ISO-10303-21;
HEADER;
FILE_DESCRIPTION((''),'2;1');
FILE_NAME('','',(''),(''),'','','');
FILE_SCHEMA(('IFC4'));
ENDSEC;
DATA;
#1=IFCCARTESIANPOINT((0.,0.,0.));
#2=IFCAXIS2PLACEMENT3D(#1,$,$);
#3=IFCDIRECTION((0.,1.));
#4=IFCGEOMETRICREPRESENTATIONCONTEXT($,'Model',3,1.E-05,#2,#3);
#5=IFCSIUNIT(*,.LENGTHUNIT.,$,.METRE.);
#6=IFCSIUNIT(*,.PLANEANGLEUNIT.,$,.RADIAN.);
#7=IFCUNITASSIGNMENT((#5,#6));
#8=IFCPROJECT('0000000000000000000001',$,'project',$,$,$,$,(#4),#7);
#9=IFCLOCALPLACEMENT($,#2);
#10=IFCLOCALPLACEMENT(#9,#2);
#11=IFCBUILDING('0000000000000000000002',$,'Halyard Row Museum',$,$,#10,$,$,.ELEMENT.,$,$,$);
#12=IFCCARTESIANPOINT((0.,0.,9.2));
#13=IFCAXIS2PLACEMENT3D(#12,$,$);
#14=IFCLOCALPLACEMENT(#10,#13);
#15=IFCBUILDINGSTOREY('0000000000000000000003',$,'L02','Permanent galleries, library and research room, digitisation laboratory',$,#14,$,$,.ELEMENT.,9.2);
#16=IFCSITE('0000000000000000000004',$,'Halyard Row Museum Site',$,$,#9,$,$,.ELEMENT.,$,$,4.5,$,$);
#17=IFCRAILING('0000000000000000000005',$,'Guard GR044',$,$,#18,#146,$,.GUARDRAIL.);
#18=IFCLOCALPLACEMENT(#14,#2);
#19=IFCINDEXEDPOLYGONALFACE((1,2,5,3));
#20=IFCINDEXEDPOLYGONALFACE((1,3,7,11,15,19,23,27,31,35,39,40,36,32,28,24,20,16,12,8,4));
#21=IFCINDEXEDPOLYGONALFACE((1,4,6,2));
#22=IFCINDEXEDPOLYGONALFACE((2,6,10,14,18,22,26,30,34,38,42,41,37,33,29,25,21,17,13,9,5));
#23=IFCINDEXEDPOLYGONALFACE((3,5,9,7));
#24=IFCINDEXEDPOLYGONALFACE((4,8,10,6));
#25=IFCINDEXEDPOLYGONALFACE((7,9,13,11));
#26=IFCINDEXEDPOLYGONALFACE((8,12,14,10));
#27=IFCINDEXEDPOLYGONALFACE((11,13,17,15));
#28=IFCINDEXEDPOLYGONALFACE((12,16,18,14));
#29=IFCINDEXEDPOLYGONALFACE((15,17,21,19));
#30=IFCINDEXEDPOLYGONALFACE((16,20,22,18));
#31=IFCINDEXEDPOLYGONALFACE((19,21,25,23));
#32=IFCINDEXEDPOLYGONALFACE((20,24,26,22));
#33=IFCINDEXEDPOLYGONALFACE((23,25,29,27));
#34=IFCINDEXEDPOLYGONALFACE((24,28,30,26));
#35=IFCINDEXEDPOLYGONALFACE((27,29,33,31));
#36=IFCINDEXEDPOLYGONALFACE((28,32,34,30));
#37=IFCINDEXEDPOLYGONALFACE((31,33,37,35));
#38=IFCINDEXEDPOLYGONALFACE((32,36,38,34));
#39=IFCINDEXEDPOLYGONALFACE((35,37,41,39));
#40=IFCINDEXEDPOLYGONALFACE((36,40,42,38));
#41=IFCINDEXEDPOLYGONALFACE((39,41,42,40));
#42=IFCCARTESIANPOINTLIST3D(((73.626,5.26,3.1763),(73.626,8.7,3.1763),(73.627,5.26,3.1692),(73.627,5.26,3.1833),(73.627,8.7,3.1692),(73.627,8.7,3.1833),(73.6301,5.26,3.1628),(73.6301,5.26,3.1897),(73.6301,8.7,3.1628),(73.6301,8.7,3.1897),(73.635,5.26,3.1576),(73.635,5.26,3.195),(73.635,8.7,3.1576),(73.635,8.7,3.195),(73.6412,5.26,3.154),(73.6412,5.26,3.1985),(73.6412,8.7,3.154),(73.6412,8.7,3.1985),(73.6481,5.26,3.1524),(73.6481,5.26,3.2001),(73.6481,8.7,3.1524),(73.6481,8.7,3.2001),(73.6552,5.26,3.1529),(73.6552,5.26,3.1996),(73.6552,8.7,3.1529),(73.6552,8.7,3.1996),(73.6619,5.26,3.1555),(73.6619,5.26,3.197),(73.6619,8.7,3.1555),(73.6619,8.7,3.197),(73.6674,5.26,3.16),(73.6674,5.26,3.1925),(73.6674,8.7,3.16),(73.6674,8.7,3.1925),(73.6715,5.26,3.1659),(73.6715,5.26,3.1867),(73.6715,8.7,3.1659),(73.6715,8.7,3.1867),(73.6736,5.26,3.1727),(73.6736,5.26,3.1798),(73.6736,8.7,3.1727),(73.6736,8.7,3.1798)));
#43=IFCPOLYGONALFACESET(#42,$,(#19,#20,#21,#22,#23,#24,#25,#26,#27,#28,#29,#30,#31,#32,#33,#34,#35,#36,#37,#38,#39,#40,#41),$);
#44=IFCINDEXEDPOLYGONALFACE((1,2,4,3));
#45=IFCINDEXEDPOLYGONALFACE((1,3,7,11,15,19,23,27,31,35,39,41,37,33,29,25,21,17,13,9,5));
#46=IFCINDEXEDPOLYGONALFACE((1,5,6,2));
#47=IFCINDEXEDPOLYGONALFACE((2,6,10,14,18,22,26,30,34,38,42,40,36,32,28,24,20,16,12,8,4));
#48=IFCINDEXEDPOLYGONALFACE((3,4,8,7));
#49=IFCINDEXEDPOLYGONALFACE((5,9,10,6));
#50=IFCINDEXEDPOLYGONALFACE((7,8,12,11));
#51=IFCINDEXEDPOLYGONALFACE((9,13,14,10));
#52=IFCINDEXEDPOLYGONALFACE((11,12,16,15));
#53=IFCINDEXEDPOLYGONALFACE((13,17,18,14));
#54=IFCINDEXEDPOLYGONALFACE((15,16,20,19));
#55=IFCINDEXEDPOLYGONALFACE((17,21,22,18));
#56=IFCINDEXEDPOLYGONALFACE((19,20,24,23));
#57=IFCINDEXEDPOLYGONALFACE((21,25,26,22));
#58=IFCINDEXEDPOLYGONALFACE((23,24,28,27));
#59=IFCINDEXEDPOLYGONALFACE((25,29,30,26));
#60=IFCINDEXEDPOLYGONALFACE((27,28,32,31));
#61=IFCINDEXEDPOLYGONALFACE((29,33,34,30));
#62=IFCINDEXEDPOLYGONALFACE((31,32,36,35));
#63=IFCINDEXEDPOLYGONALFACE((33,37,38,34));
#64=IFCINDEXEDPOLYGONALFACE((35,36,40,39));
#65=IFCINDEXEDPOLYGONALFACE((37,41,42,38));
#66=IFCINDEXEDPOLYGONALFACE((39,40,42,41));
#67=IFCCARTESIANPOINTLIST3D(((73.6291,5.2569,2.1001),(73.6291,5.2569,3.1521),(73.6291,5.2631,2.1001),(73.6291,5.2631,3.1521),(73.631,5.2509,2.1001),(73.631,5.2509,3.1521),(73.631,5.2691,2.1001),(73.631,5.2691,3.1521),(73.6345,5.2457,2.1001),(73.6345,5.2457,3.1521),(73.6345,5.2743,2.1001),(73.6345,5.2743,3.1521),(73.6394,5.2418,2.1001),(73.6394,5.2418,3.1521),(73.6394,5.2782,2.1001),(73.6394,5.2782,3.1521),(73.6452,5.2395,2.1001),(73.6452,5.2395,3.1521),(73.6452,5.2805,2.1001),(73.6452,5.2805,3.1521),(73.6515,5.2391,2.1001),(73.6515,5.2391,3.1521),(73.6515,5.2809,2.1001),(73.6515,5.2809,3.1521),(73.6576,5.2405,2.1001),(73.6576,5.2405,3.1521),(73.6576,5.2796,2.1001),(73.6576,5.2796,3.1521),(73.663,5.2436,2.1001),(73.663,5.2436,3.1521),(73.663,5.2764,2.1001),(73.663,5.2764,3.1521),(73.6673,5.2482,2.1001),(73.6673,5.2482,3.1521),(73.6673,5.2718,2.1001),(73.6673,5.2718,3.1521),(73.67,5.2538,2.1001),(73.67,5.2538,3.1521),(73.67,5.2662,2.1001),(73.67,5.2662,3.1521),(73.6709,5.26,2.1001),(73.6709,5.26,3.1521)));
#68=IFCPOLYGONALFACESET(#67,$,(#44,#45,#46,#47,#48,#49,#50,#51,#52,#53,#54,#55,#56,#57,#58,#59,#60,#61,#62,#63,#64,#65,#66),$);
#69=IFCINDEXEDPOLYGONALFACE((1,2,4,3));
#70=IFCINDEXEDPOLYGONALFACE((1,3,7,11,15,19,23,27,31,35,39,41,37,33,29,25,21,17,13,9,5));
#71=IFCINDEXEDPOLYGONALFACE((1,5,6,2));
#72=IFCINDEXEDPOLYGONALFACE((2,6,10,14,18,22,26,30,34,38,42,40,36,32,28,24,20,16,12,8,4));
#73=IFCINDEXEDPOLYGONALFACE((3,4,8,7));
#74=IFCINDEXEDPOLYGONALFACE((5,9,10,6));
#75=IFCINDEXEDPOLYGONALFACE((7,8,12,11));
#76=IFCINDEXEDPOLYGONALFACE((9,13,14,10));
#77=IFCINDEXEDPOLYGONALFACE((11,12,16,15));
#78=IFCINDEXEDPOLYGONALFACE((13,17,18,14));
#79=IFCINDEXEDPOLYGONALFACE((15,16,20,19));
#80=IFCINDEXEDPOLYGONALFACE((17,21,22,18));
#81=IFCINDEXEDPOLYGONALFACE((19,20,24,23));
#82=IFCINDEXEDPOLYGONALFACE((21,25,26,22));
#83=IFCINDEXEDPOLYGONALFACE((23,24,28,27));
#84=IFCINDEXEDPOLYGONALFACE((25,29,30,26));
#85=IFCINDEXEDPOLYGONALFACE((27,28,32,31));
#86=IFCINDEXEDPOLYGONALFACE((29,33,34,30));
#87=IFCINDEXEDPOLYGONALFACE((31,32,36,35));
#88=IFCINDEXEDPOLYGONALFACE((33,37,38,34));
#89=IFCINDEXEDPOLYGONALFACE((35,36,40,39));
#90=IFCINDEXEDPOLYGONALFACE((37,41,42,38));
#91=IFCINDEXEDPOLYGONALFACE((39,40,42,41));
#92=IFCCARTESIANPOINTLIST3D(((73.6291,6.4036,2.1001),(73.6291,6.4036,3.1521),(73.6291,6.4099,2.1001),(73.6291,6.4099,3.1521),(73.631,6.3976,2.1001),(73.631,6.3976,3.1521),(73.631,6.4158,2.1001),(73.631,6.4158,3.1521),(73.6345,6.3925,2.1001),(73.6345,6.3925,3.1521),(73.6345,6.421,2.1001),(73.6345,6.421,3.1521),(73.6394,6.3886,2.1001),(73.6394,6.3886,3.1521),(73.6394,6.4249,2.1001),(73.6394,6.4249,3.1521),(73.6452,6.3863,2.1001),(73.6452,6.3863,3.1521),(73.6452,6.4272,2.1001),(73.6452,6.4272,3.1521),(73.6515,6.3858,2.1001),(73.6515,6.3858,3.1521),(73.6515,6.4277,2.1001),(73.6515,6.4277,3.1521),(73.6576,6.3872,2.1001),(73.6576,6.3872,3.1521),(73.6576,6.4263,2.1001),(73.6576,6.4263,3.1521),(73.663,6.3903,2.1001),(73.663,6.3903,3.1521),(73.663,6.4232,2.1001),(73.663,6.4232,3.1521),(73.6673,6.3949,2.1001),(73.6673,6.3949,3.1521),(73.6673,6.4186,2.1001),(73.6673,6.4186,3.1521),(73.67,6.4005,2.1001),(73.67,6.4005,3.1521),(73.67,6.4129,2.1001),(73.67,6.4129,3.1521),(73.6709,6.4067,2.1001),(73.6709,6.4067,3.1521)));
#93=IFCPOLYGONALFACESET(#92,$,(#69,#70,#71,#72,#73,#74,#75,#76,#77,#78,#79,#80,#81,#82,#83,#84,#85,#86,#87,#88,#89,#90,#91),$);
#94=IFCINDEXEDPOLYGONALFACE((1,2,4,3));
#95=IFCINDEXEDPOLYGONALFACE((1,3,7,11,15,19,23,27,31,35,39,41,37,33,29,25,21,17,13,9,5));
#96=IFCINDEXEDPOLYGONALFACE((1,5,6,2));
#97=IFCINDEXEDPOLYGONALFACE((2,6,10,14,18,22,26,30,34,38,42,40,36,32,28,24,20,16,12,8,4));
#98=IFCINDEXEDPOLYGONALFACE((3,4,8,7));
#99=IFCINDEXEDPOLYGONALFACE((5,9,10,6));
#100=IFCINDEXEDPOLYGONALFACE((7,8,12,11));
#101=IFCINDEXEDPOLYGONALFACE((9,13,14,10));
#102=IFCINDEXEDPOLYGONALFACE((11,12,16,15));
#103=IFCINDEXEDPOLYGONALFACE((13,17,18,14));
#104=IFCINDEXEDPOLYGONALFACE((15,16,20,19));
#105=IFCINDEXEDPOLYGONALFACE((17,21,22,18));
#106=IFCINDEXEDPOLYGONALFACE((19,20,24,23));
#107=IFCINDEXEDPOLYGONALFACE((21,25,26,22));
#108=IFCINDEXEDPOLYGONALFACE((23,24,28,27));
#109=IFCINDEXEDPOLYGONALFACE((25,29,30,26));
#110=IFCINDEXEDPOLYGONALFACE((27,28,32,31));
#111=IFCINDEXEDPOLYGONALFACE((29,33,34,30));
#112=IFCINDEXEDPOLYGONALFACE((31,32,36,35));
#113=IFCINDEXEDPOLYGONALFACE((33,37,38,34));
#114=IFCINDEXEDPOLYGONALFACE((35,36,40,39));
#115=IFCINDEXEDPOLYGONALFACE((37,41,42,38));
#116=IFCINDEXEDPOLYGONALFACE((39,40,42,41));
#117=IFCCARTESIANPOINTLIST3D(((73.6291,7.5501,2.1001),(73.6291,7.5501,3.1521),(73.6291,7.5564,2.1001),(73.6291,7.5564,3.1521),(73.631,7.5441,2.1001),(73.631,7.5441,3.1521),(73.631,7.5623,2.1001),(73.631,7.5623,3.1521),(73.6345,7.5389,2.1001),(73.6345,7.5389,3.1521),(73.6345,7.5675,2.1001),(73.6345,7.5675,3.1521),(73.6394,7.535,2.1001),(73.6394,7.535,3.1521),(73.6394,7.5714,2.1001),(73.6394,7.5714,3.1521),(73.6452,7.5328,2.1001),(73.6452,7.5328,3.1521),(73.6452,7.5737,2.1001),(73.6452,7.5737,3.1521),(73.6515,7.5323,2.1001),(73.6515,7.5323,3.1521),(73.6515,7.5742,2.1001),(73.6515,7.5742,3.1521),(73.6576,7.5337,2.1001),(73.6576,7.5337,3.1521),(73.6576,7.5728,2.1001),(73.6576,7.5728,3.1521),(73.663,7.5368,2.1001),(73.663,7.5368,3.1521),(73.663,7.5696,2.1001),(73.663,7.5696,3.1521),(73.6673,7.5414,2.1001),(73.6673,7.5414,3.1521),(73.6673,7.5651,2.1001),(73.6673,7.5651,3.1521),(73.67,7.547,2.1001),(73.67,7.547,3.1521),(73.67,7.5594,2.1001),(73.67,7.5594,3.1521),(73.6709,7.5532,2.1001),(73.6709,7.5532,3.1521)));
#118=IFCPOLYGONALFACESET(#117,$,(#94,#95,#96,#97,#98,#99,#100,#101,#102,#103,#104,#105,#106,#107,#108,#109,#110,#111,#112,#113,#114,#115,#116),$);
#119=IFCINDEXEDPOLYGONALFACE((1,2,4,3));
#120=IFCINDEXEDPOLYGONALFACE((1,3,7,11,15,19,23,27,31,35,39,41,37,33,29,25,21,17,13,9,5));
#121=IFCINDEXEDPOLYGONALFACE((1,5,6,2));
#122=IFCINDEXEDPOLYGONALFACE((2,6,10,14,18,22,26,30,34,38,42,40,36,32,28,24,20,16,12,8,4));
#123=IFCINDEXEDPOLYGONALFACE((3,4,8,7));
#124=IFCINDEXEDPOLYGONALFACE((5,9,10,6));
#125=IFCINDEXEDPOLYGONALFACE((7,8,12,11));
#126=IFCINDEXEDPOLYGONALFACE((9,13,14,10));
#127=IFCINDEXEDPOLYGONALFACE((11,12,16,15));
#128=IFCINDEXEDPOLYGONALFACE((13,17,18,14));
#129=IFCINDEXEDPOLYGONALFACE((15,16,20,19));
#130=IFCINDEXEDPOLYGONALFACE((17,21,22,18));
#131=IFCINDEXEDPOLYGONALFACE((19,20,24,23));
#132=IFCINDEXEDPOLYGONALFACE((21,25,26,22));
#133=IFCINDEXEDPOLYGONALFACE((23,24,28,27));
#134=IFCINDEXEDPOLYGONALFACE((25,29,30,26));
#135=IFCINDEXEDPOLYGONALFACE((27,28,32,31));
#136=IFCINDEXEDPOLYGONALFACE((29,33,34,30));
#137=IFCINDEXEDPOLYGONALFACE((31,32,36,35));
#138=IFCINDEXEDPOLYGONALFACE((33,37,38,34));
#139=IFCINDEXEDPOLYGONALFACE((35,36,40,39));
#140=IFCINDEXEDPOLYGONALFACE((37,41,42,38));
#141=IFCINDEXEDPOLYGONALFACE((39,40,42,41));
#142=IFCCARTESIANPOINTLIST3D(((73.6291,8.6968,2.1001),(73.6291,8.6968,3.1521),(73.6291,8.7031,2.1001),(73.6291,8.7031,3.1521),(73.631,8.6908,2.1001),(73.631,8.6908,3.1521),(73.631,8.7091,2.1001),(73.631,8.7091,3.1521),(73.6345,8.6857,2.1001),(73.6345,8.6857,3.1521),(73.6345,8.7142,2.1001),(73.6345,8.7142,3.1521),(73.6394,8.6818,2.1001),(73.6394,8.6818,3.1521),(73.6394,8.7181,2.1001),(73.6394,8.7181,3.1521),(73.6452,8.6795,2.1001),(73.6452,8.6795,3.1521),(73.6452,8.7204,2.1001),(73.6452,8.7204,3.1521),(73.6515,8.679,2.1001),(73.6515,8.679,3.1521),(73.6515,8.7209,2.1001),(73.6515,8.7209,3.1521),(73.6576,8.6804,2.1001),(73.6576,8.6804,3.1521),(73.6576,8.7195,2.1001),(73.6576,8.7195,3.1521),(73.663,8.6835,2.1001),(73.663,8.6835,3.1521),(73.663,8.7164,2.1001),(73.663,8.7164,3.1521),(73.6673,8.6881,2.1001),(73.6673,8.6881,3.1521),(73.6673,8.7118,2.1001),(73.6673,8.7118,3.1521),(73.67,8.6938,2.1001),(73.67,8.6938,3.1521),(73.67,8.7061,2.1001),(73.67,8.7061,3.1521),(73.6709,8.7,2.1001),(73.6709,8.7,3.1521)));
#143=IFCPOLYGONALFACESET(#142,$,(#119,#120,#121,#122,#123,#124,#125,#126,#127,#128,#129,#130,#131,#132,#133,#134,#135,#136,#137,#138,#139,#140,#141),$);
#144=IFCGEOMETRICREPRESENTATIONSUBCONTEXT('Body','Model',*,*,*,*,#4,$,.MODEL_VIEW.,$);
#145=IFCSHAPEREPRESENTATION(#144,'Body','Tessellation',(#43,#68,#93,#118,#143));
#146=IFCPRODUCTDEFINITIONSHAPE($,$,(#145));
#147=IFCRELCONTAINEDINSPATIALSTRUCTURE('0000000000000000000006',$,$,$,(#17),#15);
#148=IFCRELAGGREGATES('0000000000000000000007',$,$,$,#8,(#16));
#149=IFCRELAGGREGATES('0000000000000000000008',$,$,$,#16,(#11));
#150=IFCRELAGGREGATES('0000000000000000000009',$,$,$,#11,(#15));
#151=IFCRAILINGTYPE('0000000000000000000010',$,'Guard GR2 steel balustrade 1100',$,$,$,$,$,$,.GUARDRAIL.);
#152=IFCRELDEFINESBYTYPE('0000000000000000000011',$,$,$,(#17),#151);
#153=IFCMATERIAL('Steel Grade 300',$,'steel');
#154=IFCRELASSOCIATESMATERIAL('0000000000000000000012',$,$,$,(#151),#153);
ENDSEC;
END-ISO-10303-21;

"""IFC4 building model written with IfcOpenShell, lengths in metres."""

from ifc_helpers import new_model, si_unit, direction, frame, origin, origin_2d, place, context, subcontext, project, spatial, circle, extrude, material, type_object, element, save


model = new_model("IFC4")

# Units and contexts
model_context = context("Model", 3, precision=1e-05, world=origin(), true_north=direction((0.0, 1.0)))
body_context = subcontext(model_context, "Body", "Model", "MODEL_VIEW")
ifc_project = project(units=[si_unit("LENGTHUNIT", "METRE"), si_unit("PLANEANGLEUNIT", "RADIAN")], contexts=[model_context])

# Site, building, storey
site_placement = place(None, origin())
site = spatial("IfcSite", under=ifc_project, at=site_placement, Name="Halyard Row Museum Site", CompositionType="ELEMENT", RefElevation=4.5)
building_placement = place(site_placement, origin())
building = spatial("IfcBuilding", under=site, at=building_placement, Name="Halyard Row Museum", CompositionType="ELEMENT")
storey_placement = place(building_placement, frame((0.0, 0.0, 9.2)))
storey = spatial("IfcBuildingStorey", under=building, at=storey_placement, Name="L02", Description="Permanent galleries, library and research room, digitisation laboratory", CompositionType="ELEMENT", Elevation=9.2)

# Railing
ifc_material_1 = material(Name="Steel Grade 300", Category="steel")
railing_type_1 = type_object("IfcRailingType", Name="Guard GR2 steel balustrade 1100", PredefinedType="GUARDRAIL", material=ifc_material_1)
railing_1_placement = place(storey_placement, frame((73.6499, 5.26, 2.1001)))
element("IfcRailing", 1, at=railing_1_placement, inside=storey, type_object=railing_type_1, Name="Guard GR044", PredefinedType="GUARDRAIL", context=body_context, shape_type="SweptSolid", body=[
    extrude(circle(Radius=0.0239, at=origin_2d()), frame((0.0, 0.0, 1.0762), z_axis=(0.0, 1.0, 0.0), x_axis=(-1.0, 0.0, 0.0)), (0.0, 0.0, 1.0), 3.4399),
    extrude(circle(Radius=0.021, at=origin_2d()), origin(), (0.0, 0.0, 1.0), 1.052),
    extrude(circle(Radius=0.021, at=origin_2d()), frame((0.0, 1.1467, 0.0)), (0.0, 0.0, 1.0), 1.052),
    extrude(circle(Radius=0.021, at=origin_2d()), frame((0.0, 2.2932, 0.0)), (0.0, 0.0, 1.0), 1.052),
    extrude(circle(Radius=0.021, at=origin_2d()), frame((0.0, 3.4399, 0.0)), (0.0, 0.0, 1.0), 1.052),
])

save(model, "model.ifc")
